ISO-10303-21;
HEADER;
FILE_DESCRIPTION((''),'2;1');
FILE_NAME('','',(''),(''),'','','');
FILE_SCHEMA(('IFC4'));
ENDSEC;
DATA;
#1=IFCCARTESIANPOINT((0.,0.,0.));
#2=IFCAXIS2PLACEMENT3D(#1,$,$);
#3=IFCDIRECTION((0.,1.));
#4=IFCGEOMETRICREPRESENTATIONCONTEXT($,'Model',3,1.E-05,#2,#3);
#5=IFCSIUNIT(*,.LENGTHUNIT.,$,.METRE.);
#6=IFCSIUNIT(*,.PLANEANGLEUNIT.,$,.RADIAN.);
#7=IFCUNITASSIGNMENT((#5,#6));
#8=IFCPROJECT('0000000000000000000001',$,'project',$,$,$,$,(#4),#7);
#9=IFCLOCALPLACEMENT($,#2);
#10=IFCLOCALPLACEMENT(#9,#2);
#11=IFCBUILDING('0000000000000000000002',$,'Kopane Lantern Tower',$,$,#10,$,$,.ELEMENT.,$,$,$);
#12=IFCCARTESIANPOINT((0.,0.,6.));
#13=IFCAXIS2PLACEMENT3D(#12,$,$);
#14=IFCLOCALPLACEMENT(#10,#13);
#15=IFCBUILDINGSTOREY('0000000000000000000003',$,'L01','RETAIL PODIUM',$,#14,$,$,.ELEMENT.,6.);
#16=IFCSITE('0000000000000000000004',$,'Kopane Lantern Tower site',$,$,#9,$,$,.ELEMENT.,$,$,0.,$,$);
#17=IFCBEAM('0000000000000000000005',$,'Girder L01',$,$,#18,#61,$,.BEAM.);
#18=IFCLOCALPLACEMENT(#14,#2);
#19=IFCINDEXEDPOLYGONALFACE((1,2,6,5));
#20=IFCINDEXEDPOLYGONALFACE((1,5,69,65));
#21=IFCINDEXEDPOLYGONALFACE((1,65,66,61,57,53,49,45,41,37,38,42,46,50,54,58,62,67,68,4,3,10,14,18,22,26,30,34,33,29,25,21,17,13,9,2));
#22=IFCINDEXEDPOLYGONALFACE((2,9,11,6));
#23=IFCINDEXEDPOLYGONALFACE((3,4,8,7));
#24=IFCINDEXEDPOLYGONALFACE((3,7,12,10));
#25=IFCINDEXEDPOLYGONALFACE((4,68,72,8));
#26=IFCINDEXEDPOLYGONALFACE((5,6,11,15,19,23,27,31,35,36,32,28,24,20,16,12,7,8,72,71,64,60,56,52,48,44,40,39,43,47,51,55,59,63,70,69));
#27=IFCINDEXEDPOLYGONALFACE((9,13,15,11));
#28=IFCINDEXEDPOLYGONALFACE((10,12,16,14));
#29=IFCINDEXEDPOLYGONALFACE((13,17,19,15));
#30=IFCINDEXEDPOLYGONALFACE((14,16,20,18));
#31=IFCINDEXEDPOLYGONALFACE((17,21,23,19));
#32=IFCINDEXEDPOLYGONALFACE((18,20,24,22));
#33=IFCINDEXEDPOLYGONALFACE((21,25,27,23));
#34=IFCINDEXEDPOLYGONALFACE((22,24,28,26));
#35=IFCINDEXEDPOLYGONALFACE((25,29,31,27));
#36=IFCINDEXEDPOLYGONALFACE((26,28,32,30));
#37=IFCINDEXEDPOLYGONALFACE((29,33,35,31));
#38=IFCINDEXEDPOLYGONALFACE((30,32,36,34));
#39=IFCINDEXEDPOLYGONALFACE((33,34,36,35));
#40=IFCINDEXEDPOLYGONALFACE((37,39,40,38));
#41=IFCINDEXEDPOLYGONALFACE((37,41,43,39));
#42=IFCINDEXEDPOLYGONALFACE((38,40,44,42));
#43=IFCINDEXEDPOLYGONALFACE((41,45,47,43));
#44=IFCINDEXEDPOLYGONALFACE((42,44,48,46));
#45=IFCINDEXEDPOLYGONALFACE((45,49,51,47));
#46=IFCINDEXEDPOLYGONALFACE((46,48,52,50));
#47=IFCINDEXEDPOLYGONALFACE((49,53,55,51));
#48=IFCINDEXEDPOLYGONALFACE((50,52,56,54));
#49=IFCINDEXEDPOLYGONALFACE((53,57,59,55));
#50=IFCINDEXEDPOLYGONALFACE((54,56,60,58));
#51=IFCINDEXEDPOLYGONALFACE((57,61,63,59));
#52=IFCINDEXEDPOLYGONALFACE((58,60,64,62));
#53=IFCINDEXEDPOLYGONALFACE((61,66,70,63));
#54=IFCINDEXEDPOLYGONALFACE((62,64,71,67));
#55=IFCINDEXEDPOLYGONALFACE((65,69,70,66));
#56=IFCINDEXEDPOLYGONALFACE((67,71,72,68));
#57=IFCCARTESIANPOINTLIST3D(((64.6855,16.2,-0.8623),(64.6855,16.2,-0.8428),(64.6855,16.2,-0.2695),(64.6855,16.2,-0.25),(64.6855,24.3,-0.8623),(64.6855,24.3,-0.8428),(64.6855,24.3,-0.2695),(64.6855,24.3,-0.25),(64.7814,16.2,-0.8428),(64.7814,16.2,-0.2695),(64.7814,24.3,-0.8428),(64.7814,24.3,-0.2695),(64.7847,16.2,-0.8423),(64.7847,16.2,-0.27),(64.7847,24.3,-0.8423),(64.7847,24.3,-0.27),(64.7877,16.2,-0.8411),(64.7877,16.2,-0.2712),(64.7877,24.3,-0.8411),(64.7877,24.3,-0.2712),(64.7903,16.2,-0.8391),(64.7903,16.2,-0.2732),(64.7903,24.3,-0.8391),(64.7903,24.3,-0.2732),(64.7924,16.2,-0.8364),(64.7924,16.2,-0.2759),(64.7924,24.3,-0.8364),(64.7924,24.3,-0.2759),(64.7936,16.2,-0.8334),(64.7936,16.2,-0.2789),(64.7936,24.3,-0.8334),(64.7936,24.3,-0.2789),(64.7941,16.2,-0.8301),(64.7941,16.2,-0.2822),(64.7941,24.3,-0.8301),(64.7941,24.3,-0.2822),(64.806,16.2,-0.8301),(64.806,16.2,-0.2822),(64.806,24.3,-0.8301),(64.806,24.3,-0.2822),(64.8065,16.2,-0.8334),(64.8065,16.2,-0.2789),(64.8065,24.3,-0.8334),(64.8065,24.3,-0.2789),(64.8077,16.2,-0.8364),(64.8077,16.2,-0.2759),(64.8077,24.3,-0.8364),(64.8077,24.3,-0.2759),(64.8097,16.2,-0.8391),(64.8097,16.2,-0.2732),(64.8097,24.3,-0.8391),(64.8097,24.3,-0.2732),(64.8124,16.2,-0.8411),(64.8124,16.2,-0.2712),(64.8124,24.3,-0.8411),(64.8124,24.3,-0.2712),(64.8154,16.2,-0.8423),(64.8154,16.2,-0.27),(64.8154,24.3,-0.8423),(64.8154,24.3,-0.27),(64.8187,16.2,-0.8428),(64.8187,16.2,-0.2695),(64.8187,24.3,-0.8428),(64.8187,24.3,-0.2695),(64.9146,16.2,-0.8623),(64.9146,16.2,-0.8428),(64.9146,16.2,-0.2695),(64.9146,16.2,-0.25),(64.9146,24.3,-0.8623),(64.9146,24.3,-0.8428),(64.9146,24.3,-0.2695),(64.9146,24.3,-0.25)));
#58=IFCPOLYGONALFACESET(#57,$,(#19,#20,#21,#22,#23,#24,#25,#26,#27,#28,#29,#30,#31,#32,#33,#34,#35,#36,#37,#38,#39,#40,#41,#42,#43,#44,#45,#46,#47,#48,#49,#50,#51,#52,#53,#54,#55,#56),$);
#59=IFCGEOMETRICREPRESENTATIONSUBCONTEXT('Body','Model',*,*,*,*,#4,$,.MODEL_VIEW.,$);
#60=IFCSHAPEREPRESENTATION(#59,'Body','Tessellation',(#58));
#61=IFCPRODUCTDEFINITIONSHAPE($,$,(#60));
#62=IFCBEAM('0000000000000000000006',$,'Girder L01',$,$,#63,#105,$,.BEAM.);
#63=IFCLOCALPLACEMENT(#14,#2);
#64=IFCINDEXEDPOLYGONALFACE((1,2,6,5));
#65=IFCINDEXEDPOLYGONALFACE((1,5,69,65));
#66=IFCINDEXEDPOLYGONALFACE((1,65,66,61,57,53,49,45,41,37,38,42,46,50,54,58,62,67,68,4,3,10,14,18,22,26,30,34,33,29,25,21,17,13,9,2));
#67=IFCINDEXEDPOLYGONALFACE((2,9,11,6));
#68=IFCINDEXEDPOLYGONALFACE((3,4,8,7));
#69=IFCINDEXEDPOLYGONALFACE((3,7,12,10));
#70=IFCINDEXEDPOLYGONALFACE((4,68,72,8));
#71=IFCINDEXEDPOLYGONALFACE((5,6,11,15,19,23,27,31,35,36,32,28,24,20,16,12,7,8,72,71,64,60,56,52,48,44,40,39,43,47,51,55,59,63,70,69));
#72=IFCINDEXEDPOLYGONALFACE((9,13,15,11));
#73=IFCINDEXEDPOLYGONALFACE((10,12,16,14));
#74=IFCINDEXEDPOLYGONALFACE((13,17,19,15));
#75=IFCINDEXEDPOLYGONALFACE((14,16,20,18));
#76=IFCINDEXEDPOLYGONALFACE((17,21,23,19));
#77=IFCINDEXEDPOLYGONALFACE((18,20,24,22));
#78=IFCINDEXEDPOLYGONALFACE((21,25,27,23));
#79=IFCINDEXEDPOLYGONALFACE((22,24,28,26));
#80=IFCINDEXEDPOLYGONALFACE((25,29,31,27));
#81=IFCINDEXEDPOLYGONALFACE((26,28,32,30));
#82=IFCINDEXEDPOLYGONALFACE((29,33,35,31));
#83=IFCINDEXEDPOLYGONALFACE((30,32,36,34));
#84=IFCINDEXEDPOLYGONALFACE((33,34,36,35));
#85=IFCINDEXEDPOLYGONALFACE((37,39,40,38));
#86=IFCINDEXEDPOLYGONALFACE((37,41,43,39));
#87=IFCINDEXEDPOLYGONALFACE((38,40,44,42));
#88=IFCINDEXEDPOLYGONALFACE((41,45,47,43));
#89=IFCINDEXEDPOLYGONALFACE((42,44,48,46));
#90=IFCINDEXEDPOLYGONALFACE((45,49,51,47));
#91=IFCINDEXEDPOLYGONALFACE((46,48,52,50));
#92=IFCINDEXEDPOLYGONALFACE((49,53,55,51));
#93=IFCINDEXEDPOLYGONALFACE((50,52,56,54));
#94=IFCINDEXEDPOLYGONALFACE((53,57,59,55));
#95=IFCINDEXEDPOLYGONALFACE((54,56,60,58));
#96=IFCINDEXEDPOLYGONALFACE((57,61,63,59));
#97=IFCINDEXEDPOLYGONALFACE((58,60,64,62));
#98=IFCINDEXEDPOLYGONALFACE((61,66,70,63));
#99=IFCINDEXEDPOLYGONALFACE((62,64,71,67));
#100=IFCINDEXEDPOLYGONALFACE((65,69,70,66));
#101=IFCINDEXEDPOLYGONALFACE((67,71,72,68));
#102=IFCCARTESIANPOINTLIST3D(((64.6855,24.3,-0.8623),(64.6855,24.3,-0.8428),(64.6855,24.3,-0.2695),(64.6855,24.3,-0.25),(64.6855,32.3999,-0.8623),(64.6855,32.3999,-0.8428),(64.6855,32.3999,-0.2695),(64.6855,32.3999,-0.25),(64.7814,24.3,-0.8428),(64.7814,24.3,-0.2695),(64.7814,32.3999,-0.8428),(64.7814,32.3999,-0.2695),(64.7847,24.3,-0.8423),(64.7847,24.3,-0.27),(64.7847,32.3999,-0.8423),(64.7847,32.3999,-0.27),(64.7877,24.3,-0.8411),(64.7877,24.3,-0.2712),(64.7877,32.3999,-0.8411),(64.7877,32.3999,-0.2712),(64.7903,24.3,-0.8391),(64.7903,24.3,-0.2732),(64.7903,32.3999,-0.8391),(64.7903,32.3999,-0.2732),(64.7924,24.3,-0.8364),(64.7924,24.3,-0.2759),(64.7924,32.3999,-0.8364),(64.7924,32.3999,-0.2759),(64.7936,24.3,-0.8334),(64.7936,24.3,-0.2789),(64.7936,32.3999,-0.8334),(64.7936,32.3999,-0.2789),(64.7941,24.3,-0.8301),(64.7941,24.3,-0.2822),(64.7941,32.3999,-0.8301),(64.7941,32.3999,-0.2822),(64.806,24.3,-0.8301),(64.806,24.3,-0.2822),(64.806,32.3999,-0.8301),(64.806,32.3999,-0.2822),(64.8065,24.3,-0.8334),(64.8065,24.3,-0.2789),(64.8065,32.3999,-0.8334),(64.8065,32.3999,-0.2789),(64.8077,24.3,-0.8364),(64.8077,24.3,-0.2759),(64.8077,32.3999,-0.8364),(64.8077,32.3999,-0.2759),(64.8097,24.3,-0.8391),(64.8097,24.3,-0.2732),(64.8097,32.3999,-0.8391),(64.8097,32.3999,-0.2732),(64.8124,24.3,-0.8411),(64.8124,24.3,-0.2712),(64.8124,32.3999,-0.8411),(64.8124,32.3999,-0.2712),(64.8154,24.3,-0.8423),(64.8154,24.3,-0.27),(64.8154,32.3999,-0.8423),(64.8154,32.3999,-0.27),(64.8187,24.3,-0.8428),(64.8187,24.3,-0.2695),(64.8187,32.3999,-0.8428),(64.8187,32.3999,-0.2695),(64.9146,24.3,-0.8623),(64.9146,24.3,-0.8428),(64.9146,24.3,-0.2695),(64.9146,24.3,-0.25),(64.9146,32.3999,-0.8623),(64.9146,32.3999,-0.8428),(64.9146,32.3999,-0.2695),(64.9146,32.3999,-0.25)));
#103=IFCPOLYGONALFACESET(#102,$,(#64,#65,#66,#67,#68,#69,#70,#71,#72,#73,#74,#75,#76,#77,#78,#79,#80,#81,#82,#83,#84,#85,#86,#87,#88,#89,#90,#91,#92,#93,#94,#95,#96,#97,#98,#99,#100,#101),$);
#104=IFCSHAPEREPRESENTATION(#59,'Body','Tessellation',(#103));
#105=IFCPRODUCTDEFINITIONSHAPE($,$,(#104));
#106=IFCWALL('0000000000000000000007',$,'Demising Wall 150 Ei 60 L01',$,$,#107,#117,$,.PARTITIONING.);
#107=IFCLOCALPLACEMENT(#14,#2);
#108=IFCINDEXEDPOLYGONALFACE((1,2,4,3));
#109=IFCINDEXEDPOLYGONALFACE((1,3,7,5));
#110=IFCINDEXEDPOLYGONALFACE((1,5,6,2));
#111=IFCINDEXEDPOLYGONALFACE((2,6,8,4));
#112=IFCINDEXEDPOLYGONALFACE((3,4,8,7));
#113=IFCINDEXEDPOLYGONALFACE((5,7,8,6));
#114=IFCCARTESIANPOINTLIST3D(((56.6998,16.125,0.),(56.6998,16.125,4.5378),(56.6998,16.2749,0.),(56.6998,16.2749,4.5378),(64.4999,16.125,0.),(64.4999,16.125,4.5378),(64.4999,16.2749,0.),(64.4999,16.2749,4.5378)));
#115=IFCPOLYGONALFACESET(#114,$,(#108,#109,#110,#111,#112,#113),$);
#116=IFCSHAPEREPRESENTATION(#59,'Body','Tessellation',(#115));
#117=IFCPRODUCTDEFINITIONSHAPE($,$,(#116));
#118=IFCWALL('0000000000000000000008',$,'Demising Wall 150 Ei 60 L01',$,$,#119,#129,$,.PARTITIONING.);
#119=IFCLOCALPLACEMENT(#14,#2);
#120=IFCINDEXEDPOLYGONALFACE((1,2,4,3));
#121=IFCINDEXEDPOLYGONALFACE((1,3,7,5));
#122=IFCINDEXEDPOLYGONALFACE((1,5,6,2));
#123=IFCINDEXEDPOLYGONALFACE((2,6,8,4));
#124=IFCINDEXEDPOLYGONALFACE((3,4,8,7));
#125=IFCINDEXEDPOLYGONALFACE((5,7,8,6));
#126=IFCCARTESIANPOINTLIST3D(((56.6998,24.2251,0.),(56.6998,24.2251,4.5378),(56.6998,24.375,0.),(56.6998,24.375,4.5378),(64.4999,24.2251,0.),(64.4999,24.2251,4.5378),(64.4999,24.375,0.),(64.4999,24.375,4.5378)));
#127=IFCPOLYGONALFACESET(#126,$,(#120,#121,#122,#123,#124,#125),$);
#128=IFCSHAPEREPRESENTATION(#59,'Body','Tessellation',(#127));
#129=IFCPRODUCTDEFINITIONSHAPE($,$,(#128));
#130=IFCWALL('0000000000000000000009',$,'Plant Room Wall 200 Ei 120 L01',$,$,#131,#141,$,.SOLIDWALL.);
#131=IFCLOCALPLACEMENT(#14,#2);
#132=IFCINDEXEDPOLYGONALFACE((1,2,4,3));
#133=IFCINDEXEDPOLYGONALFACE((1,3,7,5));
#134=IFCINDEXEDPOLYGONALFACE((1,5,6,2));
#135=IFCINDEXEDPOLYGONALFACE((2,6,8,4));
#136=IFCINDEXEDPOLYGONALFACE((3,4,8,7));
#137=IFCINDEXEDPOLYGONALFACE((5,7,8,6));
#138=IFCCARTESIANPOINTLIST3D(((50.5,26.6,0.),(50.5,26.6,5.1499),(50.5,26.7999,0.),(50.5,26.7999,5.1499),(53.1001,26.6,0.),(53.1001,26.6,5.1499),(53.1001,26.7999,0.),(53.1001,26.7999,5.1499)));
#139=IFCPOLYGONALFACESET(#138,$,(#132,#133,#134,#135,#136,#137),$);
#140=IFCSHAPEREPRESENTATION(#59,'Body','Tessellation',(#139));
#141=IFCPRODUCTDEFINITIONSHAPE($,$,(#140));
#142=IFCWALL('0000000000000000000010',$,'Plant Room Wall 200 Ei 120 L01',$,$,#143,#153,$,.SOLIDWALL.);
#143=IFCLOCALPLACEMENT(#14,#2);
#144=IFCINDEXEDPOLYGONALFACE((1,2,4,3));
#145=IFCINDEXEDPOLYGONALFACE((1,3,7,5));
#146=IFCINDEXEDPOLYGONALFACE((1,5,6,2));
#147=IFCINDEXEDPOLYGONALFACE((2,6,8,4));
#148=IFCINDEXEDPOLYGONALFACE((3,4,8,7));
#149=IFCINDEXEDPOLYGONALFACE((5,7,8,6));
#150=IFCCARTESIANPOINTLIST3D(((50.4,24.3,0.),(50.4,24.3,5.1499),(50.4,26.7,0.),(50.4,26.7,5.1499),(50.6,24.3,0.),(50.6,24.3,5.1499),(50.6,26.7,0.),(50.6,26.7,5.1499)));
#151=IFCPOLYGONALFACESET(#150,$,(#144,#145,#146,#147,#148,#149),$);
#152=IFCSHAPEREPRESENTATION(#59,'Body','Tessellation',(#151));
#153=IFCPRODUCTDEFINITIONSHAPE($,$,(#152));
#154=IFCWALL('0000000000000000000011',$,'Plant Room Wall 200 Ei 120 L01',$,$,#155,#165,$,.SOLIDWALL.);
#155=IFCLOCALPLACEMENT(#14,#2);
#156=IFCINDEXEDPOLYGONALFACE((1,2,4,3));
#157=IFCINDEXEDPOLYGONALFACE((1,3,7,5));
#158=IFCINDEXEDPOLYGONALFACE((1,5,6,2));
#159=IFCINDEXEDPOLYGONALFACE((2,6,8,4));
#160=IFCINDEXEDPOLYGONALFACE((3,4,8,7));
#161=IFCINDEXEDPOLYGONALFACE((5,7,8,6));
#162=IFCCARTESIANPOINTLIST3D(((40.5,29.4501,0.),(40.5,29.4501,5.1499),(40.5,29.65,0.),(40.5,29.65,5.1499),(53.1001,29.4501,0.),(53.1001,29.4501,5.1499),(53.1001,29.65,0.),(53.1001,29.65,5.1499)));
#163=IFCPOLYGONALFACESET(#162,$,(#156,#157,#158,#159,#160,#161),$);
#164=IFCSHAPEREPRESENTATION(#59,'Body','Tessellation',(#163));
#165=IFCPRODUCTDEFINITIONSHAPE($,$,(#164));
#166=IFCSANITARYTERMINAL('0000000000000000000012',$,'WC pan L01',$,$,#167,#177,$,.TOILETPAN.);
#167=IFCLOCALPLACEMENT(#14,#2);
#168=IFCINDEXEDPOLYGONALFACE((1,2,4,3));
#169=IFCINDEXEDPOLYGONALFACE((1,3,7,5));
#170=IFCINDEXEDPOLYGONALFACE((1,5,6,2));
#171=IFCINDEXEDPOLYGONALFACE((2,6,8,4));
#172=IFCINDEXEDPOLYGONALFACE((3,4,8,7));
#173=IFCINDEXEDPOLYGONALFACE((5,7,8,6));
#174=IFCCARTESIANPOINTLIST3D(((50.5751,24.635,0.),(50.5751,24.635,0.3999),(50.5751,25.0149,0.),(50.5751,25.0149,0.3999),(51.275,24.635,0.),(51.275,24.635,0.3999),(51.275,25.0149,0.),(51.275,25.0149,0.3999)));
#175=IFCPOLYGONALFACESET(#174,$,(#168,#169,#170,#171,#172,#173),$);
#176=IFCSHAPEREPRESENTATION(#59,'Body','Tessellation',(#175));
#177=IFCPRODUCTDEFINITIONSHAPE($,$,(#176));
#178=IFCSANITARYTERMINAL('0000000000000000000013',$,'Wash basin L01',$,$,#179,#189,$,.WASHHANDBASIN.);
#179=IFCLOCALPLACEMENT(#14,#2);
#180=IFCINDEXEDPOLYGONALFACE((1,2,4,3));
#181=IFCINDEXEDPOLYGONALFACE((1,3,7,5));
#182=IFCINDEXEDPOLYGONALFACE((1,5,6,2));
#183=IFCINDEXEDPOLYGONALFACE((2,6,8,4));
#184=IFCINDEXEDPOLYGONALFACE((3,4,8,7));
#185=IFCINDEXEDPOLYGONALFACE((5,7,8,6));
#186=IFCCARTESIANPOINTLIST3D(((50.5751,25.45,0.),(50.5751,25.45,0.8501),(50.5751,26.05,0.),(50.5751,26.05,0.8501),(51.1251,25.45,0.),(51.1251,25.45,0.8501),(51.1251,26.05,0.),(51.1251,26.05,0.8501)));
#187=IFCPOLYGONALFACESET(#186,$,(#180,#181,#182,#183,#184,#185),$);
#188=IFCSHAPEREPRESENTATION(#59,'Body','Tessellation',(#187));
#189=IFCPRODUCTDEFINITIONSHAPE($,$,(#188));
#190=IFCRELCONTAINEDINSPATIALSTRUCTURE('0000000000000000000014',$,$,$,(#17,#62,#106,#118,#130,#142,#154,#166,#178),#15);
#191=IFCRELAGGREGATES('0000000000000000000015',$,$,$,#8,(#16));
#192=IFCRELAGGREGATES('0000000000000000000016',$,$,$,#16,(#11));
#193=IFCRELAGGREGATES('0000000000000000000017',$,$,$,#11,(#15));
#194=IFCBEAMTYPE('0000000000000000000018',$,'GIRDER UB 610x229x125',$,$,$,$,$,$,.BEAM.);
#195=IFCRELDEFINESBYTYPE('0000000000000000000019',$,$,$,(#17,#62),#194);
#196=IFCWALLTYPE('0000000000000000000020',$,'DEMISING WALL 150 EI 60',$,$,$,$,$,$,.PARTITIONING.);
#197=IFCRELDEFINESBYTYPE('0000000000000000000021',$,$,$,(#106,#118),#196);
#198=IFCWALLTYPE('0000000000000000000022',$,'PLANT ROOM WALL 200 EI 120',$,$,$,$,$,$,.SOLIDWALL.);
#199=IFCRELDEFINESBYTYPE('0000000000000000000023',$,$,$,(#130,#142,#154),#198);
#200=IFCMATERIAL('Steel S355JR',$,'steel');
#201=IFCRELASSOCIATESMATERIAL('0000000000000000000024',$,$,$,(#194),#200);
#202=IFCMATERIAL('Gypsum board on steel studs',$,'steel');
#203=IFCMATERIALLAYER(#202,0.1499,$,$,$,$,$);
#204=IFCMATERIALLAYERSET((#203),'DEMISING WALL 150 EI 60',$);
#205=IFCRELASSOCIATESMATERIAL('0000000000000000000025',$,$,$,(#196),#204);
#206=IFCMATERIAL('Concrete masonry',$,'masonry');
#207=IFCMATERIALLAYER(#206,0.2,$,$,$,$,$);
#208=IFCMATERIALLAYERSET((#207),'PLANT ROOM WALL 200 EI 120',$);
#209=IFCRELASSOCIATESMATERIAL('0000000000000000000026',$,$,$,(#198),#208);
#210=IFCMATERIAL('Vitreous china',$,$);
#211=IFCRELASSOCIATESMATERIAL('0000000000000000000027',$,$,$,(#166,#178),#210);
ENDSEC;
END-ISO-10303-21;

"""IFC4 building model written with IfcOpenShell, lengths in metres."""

from ifc_helpers import new_model, si_unit, direction, frame, frame_2d, origin, origin_2d, place, context, subcontext, project, spatial, rectangle, i_section, extrude, material, layer, layer_set, material_profile, profile_set, type_object, element, save


model = new_model("IFC4")

# Units and contexts
model_context = context("Model", 3, precision=1e-05, world=origin(), true_north=direction((0.0, 1.0)))
body_context = subcontext(model_context, "Body", "Model", "MODEL_VIEW")
ifc_project = project(units=[si_unit("LENGTHUNIT", "METRE"), si_unit("PLANEANGLEUNIT", "RADIAN")], contexts=[model_context])

# Site, building, storey
site_placement = place(None, origin())
site = spatial("IfcSite", under=ifc_project, at=site_placement, Name="Kopane Lantern Tower site", CompositionType="ELEMENT", RefElevation=0.0)
building_placement = place(site_placement, origin())
building = spatial("IfcBuilding", under=site, at=building_placement, Name="Kopane Lantern Tower", CompositionType="ELEMENT")
storey_placement = place(building_placement, frame((0.0, 0.0, 6.0)))
storey = spatial("IfcBuildingStorey", under=building, at=storey_placement, Name="L01", Description="RETAIL PODIUM", CompositionType="ELEMENT", Elevation=6.0)

# Beams
ifc_material_1 = material(Name="Steel S355JR", Category="steel")
ifc_material_profile_1 = material_profile(ifc_material_1, i_section(OverallWidth=0.229, OverallDepth=0.6123, WebThickness=0.012, FlangeThickness=0.0195, FilletRadius=0.0127, at=origin_2d()), Name="UB 610x229x125")
ifc_profile_set_1 = profile_set([ifc_material_profile_1], Name="Steel S355JR")
beam_type = type_object("IfcBeamType", Name="GIRDER UB 610x229x125", PredefinedType="BEAM", material=ifc_profile_set_1)
for number, where, z_axis, x_axis, name in (
    (1, (64.8, 16.2, -0.5562), (0.0, 1.0, 0.0), (-1.0, 0.0, 0.0), "Girder L01"),
):
    element("IfcBeam", number, at=place(storey_placement, frame(where, z_axis=z_axis, x_axis=x_axis)), inside=storey, type_object=beam_type, Name=name, PredefinedType="BEAM", context=body_context, shape_type="SweptSolid", body=[
        extrude(i_section(OverallWidth=0.229, OverallDepth=0.6123, WebThickness=0.012, FlangeThickness=0.0195, FilletRadius=0.0127, at=origin_2d()), origin(), (0.0, 0.0, 1.0), 8.1001),
    ])
beam_1_placement = place(storey_placement, frame((64.8, 24.3, -0.5562), z_axis=(0.0, 1.0, 0.0), x_axis=(-1.0, 0.0, 0.0)))
element("IfcBeam", 2, at=beam_1_placement, inside=storey, type_object=beam_type, Name="Girder L01", PredefinedType="BEAM", context=body_context, shape_type="SweptSolid", body=[
    extrude(i_section(OverallWidth=0.229, OverallDepth=0.6123, WebThickness=0.012, FlangeThickness=0.0195, FilletRadius=0.0127, at=origin_2d()), origin(), (0.0, 0.0, 1.0), 8.0999),
])

# Walls
ifc_material_2 = material(Name="Gypsum board on steel studs", Category="steel")
ifc_layer_1 = layer(ifc_material_2, 0.1499)
ifc_layer_set_1 = layer_set([ifc_layer_1], Name="DEMISING WALL 150 EI 60")
wall_type_1 = type_object("IfcWallType", Name="DEMISING WALL 150 EI 60", PredefinedType="PARTITIONING", material=ifc_layer_set_1)
for number, where, z_axis, x_axis, name in (
    (3, (56.7, 16.2, 0.0), (0.0, 0.0, 1.0), (1.0, 0.0, 0.0), "Demising Wall 150 Ei 60 L01"),
    (4, (56.7, 24.3, 0.0), (0.0, 0.0, 1.0), (1.0, 0.0, 0.0), "Demising Wall 150 Ei 60 L01"),
):
    element("IfcWall", number, at=place(storey_placement, frame(where, z_axis=z_axis, x_axis=x_axis)), inside=storey, type_object=wall_type_1, Name=name, PredefinedType="PARTITIONING", context=body_context, shape_type="SweptSolid", body=[
        extrude(rectangle(XDim=7.8, YDim=0.1499, at=frame_2d((3.8999, 0.0))), origin(), (0.0, 0.0, 1.0), 4.5378),
    ])
ifc_material_3 = material(Name="Concrete masonry", Category="masonry")
ifc_layer_2 = layer(ifc_material_3, 0.2)
ifc_layer_set_2 = layer_set([ifc_layer_2], Name="PLANT ROOM WALL 200 EI 120")
wall_type_2 = type_object("IfcWallType", Name="PLANT ROOM WALL 200 EI 120", PredefinedType="SOLIDWALL", material=ifc_layer_set_2)
wall_1_placement = place(storey_placement, frame((53.1001, 26.7, 0.0), z_axis=(0.0, 0.0, 1.0), x_axis=(-1.0, 0.0, 0.0)))
element("IfcWall", 5, at=wall_1_placement, inside=storey, type_object=wall_type_2, Name="Plant Room Wall 200 Ei 120 L01", PredefinedType="SOLIDWALL", context=body_context, shape_type="SweptSolid", body=[
    extrude(rectangle(XDim=2.6001, YDim=0.2, at=frame_2d((1.3, 0.0))), origin(), (0.0, 0.0, 1.0), 5.1499),
])
wall_2_placement = place(storey_placement, frame((50.5, 24.3, 0.0), z_axis=(0.0, 0.0, 1.0), x_axis=(0.0, 1.0, 0.0)))
element("IfcWall", 6, at=wall_2_placement, inside=storey, type_object=wall_type_2, Name="Plant Room Wall 200 Ei 120 L01", PredefinedType="SOLIDWALL", context=body_context, shape_type="SweptSolid", body=[
    extrude(rectangle(XDim=2.3999, YDim=0.2, at=frame_2d((1.2, 0.0))), origin(), (0.0, 0.0, 1.0), 5.1499),
])
wall_3_placement = place(storey_placement, frame((53.1001, 29.55, 0.0), z_axis=(0.0, 0.0, 1.0), x_axis=(-1.0, 0.0, 0.0)))
element("IfcWall", 7, at=wall_3_placement, inside=storey, type_object=wall_type_2, Name="Plant Room Wall 200 Ei 120 L01", PredefinedType="SOLIDWALL", context=body_context, shape_type="SweptSolid", body=[
    extrude(rectangle(XDim=12.6001, YDim=0.2, at=frame_2d((6.3, 0.0))), origin(), (0.0, 0.0, 1.0), 5.1499),
])

# Sanitary terminals
ifc_material_4 = material(Name="Vitreous china")
sanitary_terminal_1_placement = place(storey_placement, frame((50.925, 24.825, 0.0), z_axis=(0.0, 0.0, 1.0), x_axis=(1.0, 0.0, 0.0)))
element("IfcSanitaryTerminal", 8, at=sanitary_terminal_1_placement, inside=storey, material=ifc_material_4, Name="WC pan L01", PredefinedType="TOILETPAN", context=body_context, shape_type="SweptSolid", body=[
    extrude(rectangle(XDim=0.7, YDim=0.3799, at=origin_2d()), origin(), (0.0, 0.0, 1.0), 0.3999),
])
sanitary_terminal_2_placement = place(storey_placement, frame((50.8501, 25.75, 0.0), z_axis=(0.0, 0.0, 1.0), x_axis=(1.0, 0.0, 0.0)))
element("IfcSanitaryTerminal", 9, at=sanitary_terminal_2_placement, inside=storey, material=ifc_material_4, Name="Wash basin L01", PredefinedType="WASHHANDBASIN", context=body_context, shape_type="SweptSolid", body=[
    extrude(rectangle(XDim=0.55, YDim=0.6001, at=origin_2d()), origin(), (0.0, 0.0, 1.0), 0.8501),
])

save(model, "model.ifc")
